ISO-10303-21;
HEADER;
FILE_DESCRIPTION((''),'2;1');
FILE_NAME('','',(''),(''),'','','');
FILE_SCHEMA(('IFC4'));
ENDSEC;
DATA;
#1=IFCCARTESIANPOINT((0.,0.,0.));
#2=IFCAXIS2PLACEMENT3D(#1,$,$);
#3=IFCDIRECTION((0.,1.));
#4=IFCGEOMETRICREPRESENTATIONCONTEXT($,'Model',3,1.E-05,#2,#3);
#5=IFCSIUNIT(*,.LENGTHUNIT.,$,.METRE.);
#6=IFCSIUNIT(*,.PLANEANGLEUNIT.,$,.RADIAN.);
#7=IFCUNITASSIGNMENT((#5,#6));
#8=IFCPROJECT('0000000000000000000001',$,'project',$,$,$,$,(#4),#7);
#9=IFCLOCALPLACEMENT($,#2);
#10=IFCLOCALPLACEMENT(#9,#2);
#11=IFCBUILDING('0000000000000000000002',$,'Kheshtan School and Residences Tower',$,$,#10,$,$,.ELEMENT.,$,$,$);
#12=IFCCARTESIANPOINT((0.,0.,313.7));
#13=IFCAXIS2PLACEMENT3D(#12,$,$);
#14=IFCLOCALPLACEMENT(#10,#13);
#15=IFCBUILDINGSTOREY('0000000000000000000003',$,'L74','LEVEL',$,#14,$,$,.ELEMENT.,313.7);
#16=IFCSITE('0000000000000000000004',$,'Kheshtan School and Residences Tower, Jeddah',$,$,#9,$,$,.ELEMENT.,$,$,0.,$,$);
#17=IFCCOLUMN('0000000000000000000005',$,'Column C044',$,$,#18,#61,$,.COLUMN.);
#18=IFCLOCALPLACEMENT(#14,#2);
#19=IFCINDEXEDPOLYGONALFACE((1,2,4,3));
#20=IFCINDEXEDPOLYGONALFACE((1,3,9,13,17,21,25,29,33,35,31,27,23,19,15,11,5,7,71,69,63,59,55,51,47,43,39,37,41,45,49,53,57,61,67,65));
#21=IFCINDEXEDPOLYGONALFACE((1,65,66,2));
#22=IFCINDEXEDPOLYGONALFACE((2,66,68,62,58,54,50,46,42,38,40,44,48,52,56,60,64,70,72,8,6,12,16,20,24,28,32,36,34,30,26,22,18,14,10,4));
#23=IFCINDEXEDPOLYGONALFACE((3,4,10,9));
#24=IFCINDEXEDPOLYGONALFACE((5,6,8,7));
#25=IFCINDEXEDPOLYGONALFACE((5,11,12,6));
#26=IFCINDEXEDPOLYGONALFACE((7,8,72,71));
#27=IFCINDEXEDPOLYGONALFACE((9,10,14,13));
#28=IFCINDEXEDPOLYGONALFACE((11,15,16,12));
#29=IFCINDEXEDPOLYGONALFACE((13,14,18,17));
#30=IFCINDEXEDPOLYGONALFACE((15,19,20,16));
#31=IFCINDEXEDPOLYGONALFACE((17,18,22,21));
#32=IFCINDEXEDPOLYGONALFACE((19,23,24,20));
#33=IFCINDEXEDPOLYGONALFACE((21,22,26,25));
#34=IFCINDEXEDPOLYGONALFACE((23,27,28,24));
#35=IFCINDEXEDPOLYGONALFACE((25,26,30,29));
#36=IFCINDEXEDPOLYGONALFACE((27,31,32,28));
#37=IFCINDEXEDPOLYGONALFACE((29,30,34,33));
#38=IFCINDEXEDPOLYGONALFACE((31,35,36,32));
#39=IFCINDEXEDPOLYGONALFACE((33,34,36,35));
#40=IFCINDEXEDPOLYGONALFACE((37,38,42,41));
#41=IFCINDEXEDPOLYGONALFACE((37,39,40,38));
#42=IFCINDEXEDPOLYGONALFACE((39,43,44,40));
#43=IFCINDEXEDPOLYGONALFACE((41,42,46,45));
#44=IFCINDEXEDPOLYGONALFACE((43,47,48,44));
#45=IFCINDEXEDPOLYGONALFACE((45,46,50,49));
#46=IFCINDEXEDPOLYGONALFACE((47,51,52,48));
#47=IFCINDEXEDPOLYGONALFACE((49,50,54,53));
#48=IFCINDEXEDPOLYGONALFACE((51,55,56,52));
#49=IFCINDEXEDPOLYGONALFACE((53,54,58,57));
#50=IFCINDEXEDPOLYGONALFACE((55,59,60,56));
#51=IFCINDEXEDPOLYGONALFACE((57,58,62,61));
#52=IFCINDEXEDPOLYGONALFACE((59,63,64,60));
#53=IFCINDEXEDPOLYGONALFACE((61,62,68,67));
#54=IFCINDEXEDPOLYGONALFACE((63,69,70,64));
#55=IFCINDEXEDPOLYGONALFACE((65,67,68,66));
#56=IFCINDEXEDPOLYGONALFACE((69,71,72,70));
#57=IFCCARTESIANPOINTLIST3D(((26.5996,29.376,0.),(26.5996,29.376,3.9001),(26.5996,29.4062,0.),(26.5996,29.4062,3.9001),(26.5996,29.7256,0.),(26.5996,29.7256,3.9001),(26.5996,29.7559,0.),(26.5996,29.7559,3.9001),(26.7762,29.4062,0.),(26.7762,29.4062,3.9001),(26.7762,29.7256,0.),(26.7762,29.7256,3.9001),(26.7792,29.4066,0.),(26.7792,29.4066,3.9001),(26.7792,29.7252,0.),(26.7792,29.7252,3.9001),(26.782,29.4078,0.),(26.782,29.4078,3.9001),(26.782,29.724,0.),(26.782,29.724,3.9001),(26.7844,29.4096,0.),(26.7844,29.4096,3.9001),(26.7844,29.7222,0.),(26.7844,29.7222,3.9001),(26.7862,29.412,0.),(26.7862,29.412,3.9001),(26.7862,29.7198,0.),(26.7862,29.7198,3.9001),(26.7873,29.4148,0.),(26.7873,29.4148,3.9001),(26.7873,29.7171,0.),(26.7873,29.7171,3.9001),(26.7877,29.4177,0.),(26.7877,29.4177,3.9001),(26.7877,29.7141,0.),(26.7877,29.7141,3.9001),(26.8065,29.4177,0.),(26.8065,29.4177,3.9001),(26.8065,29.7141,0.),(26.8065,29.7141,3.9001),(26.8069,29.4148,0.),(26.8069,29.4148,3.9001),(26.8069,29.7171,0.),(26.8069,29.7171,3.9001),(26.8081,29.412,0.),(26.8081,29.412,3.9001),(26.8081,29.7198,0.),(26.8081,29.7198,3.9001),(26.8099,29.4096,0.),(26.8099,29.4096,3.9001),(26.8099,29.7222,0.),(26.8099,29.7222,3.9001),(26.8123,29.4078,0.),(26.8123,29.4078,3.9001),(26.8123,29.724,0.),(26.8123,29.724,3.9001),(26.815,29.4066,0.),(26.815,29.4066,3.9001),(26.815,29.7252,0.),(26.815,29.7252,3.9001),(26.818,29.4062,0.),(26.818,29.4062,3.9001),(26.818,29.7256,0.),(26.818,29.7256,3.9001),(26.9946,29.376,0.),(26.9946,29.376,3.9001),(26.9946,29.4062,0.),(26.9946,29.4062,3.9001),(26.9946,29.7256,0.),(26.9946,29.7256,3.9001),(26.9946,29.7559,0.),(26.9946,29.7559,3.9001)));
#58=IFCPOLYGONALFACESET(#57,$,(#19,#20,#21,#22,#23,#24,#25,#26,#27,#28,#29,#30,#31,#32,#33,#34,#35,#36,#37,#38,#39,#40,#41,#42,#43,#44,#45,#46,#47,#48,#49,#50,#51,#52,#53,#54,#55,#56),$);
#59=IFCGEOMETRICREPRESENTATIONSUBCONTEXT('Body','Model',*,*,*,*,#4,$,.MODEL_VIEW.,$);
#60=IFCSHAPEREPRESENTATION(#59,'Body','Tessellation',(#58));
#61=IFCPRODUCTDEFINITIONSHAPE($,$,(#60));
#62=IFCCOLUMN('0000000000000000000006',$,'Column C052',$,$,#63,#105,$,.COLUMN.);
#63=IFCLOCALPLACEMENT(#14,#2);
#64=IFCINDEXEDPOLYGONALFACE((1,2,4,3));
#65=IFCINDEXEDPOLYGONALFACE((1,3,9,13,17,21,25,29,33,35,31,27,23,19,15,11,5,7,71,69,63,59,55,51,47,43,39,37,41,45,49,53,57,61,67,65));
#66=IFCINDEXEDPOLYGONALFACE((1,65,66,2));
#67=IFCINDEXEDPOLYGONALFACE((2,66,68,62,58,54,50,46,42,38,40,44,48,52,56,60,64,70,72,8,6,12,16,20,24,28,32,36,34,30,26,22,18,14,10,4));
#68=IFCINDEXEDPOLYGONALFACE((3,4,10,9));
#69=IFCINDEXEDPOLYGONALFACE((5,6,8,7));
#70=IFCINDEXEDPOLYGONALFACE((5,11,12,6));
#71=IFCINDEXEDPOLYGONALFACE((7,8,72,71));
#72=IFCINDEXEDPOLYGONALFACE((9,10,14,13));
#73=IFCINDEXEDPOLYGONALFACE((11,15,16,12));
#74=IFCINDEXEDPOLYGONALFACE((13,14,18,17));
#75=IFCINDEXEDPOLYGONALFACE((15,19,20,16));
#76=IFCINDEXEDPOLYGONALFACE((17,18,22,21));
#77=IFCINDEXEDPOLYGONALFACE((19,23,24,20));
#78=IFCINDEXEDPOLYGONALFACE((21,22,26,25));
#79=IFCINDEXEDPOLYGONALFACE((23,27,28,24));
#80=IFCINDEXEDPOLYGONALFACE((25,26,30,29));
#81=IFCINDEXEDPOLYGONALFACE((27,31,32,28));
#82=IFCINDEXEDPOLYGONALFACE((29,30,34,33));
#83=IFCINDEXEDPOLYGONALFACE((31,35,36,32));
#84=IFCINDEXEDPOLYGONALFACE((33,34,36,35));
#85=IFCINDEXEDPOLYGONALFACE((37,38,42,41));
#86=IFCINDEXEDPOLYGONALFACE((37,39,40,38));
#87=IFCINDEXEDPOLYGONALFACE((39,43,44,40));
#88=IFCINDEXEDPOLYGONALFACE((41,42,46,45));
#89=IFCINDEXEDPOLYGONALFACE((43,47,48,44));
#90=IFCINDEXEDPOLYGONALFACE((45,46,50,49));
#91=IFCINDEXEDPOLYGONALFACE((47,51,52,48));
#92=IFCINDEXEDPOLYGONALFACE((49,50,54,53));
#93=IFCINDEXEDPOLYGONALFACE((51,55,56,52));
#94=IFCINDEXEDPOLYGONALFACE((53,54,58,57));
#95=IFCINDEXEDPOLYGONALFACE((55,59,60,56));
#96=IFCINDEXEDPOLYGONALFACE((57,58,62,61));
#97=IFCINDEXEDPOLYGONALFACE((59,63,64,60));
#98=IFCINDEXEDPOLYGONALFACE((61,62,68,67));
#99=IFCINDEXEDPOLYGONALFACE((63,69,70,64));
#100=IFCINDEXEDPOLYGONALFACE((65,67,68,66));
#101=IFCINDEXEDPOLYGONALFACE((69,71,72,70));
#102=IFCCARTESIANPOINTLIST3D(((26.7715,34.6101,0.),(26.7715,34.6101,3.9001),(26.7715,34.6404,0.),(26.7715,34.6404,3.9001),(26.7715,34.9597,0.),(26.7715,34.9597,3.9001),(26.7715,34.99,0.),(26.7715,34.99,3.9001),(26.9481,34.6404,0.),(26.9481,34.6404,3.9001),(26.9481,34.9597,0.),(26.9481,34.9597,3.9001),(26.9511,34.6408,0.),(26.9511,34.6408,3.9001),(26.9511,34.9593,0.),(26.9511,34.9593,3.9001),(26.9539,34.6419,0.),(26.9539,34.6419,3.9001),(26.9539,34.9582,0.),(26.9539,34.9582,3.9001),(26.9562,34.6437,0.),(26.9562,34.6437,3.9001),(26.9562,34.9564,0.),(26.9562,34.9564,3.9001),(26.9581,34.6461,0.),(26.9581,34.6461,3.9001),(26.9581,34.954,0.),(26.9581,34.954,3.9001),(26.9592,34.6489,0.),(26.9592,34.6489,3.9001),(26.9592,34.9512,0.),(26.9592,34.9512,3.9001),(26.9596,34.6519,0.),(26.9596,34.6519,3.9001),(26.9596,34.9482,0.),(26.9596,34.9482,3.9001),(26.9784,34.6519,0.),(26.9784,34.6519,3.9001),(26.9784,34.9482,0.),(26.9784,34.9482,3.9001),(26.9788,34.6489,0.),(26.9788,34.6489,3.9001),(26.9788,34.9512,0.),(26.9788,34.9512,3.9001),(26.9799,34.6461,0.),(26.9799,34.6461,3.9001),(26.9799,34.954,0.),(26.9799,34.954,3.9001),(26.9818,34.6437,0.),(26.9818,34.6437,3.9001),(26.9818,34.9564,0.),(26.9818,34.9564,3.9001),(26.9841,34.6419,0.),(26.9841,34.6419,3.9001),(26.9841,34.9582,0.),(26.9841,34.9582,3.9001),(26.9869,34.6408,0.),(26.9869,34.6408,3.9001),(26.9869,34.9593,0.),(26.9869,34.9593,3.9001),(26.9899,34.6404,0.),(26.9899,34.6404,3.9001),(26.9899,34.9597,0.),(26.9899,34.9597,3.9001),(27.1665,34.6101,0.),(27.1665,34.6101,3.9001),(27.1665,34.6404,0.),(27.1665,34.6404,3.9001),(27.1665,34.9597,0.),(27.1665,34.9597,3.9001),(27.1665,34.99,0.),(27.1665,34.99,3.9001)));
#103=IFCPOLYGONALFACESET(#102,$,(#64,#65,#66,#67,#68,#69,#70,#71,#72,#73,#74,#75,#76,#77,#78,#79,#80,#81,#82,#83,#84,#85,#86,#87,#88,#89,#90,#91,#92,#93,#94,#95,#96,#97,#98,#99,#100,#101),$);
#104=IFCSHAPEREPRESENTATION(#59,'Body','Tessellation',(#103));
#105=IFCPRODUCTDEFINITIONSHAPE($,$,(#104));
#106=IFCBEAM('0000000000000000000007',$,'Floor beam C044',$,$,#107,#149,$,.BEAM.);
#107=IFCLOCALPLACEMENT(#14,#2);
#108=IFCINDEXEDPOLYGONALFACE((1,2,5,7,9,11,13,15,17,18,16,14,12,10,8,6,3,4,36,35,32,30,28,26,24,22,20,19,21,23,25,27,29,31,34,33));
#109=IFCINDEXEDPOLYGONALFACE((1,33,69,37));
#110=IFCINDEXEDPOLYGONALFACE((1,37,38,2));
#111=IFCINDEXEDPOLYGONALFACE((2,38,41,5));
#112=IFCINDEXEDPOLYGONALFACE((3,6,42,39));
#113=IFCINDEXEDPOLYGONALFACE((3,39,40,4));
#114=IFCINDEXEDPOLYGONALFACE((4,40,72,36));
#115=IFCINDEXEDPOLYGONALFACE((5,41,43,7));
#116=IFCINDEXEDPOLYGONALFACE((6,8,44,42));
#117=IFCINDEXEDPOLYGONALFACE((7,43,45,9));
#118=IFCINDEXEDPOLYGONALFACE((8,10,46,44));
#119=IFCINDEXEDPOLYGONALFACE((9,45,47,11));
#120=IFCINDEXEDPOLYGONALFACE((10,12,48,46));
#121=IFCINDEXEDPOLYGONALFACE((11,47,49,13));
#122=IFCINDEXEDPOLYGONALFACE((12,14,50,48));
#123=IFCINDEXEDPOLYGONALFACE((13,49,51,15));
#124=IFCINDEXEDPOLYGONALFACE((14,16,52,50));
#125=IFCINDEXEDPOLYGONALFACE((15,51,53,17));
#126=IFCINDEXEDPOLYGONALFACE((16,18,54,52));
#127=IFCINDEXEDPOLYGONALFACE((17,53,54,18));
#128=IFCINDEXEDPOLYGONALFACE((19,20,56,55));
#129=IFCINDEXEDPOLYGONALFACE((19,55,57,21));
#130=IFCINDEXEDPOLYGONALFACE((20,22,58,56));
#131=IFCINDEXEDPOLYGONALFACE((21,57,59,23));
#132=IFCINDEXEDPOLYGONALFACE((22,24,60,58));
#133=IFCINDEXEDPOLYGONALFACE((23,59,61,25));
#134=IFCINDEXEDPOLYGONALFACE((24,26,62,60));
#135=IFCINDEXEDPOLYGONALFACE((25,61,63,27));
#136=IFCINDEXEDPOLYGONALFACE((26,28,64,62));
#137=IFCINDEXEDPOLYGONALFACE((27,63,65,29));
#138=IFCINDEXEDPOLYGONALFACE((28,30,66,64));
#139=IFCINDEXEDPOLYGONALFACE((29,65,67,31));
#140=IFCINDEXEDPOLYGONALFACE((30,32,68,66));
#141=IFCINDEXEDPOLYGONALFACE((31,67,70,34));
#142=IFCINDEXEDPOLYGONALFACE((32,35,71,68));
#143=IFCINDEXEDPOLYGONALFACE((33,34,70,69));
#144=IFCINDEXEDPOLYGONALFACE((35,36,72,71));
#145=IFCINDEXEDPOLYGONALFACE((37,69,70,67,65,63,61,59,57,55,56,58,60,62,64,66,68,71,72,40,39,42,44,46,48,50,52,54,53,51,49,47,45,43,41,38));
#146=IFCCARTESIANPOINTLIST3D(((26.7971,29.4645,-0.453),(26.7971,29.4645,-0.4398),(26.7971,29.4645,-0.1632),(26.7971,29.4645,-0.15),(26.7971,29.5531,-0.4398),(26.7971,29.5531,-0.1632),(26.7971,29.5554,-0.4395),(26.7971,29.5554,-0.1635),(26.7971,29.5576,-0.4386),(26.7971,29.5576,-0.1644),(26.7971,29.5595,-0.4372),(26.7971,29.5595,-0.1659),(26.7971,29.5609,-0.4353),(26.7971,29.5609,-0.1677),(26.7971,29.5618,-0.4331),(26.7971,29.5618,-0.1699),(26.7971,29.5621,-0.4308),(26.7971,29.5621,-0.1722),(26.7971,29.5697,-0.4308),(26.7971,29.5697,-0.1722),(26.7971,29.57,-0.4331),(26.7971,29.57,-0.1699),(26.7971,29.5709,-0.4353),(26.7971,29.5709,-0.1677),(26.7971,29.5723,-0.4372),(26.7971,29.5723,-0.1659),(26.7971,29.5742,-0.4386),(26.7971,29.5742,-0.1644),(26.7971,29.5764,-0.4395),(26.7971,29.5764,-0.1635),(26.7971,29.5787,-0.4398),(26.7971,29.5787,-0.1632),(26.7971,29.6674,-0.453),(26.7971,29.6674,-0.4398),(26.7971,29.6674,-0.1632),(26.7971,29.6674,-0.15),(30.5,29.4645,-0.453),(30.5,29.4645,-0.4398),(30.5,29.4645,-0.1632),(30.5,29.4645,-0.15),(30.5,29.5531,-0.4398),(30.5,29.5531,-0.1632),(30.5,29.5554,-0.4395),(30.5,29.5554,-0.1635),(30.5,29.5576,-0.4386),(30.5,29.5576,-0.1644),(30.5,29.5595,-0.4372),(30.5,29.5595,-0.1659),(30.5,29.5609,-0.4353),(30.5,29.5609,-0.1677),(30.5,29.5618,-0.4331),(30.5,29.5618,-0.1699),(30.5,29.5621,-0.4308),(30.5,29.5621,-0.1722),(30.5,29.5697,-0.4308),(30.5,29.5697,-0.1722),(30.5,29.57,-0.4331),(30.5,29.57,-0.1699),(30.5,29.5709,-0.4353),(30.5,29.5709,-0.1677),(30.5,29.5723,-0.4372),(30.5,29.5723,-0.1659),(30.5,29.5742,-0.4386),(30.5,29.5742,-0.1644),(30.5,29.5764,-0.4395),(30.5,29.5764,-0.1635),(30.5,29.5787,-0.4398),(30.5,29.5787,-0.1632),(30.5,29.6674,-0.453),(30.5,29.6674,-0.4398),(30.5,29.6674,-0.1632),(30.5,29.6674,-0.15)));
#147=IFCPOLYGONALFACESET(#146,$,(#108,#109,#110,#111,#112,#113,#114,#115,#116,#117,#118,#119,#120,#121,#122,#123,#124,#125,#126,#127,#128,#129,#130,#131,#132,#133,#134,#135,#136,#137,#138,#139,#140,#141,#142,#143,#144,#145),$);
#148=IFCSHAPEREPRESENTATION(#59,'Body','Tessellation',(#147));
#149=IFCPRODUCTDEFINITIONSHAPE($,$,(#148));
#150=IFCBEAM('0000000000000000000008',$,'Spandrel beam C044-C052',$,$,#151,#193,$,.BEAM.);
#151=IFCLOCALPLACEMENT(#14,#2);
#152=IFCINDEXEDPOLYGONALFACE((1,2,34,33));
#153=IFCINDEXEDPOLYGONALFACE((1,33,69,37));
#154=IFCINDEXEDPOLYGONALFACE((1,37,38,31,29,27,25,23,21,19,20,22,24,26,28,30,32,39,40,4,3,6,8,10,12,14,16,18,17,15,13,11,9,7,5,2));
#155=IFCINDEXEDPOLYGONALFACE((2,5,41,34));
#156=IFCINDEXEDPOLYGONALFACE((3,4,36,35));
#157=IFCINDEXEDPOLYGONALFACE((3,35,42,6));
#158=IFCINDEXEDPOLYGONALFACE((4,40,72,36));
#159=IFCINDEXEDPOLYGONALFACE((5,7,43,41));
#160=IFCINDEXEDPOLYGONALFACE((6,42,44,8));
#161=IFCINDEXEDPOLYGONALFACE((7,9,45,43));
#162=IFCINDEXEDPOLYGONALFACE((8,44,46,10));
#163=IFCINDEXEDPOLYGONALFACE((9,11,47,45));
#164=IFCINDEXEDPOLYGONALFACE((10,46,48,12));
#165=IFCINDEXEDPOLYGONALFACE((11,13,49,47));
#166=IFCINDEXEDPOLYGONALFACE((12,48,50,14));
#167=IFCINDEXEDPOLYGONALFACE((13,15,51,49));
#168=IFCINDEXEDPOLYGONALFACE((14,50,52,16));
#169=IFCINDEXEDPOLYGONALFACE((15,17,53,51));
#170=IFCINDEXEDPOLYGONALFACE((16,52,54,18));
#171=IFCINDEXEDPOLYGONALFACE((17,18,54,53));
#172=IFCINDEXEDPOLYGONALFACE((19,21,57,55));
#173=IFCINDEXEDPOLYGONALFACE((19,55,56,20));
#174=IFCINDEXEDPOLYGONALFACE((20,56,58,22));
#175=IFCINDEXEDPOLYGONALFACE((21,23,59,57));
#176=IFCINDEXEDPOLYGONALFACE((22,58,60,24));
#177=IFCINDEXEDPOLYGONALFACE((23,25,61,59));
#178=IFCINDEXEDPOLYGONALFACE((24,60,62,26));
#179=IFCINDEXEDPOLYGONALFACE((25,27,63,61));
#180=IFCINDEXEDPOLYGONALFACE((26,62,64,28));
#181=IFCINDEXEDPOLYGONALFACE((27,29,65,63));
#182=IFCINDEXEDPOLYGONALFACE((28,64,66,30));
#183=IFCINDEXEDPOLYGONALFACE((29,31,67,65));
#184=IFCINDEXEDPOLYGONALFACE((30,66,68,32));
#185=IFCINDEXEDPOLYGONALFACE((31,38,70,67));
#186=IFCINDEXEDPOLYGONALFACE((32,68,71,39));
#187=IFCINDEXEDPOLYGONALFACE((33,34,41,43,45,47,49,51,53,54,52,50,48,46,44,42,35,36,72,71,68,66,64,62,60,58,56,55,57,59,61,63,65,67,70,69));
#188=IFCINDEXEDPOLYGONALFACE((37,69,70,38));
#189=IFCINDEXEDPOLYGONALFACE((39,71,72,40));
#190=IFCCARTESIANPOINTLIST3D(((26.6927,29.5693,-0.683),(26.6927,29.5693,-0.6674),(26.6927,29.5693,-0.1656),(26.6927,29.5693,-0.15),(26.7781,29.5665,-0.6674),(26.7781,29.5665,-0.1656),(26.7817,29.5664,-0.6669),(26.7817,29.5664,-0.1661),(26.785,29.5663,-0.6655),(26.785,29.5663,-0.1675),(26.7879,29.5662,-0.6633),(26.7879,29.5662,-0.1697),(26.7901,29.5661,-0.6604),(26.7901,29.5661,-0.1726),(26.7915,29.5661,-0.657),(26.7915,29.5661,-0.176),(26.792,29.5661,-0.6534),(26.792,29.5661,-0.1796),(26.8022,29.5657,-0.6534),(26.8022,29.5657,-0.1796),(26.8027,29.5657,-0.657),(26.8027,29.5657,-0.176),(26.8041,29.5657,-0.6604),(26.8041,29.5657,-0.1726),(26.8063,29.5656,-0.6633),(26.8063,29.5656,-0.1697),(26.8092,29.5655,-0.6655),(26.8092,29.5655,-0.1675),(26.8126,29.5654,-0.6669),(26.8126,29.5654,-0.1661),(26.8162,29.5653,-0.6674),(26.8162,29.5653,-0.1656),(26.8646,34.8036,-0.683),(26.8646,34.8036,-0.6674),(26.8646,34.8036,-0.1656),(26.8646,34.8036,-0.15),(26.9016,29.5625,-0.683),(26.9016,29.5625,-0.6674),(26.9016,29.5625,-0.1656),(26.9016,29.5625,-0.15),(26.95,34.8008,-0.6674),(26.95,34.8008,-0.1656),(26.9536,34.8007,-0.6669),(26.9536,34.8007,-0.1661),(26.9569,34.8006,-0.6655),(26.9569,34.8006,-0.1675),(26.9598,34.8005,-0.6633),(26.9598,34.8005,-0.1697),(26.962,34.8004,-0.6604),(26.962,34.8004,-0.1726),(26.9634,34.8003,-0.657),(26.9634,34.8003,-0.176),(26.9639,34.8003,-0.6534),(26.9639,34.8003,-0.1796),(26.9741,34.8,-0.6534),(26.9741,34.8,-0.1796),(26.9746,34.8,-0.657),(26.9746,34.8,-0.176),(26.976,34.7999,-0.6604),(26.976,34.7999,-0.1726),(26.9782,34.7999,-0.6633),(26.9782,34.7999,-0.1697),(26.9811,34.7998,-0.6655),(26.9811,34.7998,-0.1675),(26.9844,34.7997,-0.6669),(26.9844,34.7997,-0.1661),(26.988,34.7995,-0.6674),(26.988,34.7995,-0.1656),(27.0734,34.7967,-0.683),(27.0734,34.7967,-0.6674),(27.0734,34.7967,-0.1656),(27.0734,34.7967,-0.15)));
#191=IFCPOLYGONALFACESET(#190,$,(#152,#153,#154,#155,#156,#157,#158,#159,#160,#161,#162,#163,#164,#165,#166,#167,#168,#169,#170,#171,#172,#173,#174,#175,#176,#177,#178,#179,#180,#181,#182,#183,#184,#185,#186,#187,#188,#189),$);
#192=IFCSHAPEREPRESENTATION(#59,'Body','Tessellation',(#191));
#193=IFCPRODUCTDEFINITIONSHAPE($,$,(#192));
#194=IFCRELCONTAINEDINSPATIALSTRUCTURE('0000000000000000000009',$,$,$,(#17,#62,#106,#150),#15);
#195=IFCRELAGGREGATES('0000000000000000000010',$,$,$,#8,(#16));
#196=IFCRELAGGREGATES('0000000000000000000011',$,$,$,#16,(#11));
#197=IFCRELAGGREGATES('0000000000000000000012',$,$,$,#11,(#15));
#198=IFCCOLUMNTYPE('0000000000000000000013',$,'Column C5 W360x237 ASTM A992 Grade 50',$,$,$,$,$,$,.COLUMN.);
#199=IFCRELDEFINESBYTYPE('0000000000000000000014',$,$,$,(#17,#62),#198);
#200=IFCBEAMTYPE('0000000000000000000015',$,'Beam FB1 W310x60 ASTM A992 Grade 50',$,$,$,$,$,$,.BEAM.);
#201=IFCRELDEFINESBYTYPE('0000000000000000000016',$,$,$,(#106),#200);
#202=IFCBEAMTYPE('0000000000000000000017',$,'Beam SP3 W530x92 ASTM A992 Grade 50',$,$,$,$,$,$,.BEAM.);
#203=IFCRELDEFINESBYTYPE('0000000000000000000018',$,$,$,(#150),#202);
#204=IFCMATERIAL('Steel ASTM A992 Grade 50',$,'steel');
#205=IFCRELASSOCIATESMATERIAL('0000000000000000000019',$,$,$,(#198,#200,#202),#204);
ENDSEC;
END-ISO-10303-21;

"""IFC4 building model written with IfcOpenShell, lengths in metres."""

from ifc_helpers import new_model, si_unit, direction, frame, origin, origin_2d, place, context, subcontext, project, spatial, i_section, extrude, material, material_profile, profile_set, type_object, element, save


model = new_model("IFC4")

# Units and contexts
model_context = context("Model", 3, precision=1e-05, world=origin(), true_north=direction((0.0, 1.0)))
body_context = subcontext(model_context, "Body", "Model", "MODEL_VIEW")
ifc_project = project(units=[si_unit("LENGTHUNIT", "METRE"), si_unit("PLANEANGLEUNIT", "RADIAN")], contexts=[model_context])

# Site, building, storey
site_placement = place(None, origin())
site = spatial("IfcSite", under=ifc_project, at=site_placement, Name="Kheshtan School and Residences Tower, Jeddah", CompositionType="ELEMENT", RefElevation=0.0)
building_placement = place(site_placement, origin())
building = spatial("IfcBuilding", under=site, at=building_placement, Name="Kheshtan School and Residences Tower", CompositionType="ELEMENT")
storey_placement = place(building_placement, frame((0.0, 0.0, 313.7)))
storey = spatial("IfcBuildingStorey", under=building, at=storey_placement, Name="L74", Description="LEVEL", CompositionType="ELEMENT", Elevation=313.7)

# Columns
ifc_material_1 = material(Name="Steel ASTM A992 Grade 50", Category="steel")
ifc_material_profile_1 = material_profile(ifc_material_1, i_section(OverallWidth=0.395, OverallDepth=0.3799, WebThickness=0.0188, FlangeThickness=0.0303, FilletRadius=0.0115, at=origin_2d()), Name="W360x237")
ifc_profile_set_1 = profile_set([ifc_material_profile_1], Name="Steel ASTM A992 Grade 50")
column_type = type_object("IfcColumnType", Name="Column C5 W360x237 ASTM A992 Grade 50", PredefinedType="COLUMN", material=ifc_profile_set_1)
for number, where, z_axis, x_axis, name in (
    (1, (26.7971, 29.5659, 0.0), (0.0, 0.0, 1.0), (1.0, 0.0, 0.0), "Column C044"),
    (2, (26.969, 34.8, 0.0), (0.0, 0.0, 1.0), (1.0, 0.0, 0.0), "Column C052"),
):
    element("IfcColumn", number, at=place(storey_placement, frame(where, z_axis=z_axis, x_axis=x_axis)), inside=storey, type_object=column_type, Name=name, PredefinedType="COLUMN", context=body_context, shape_type="SweptSolid", body=[
        extrude(i_section(OverallWidth=0.395, OverallDepth=0.3799, WebThickness=0.0188, FlangeThickness=0.0303, FilletRadius=0.0115, at=origin_2d()), origin(), (0.0, 0.0, 1.0), 3.9001),
    ])

# Beams
ifc_material_profile_2 = material_profile(ifc_material_1, i_section(OverallWidth=0.2029, OverallDepth=0.303, WebThickness=0.0076, FlangeThickness=0.0132, FilletRadius=0.009, at=origin_2d()), Name="W310x60")
ifc_profile_set_2 = profile_set([ifc_material_profile_2], Name="Steel ASTM A992 Grade 50")
beam_type_1 = type_object("IfcBeamType", Name="Beam FB1 W310x60 ASTM A992 Grade 50", PredefinedType="BEAM", material=ifc_profile_set_2)
beam_1_placement = place(storey_placement, frame((26.7971, 29.5659, -0.3015), z_axis=(1.0, 0.0, 0.0), x_axis=(0.0, 1.0, 0.0)))
element("IfcBeam", 3, at=beam_1_placement, inside=storey, type_object=beam_type_1, Name="Floor beam C044", PredefinedType="BEAM", context=body_context, shape_type="SweptSolid", body=[
    extrude(i_section(OverallWidth=0.2029, OverallDepth=0.303, WebThickness=0.0076, FlangeThickness=0.0132, FilletRadius=0.009, at=origin_2d()), origin(), (0.0, 0.0, 1.0), 3.7029),
])
ifc_material_profile_3 = material_profile(ifc_material_1, i_section(OverallWidth=0.209, OverallDepth=0.533, WebThickness=0.0103, FlangeThickness=0.0156, FilletRadius=0.0139, at=origin_2d()), Name="W530x92")
ifc_profile_set_3 = profile_set([ifc_material_profile_3], Name="Steel ASTM A992 Grade 50")
beam_type_2 = type_object("IfcBeamType", Name="Beam SP3 W530x92 ASTM A992 Grade 50", PredefinedType="BEAM", material=ifc_profile_set_3)
beam_2_placement = place(storey_placement, frame((26.7971, 29.5659, -0.4165), z_axis=(0.03282, 0.999461, 0.0), x_axis=(-0.999461, 0.03282, 0.0)))
element("IfcBeam", 4, at=beam_2_placement, inside=storey, type_object=beam_type_2, Name="Spandrel beam C044-C052", PredefinedType="BEAM", context=body_context, shape_type="SweptSolid", body=[
    extrude(i_section(OverallWidth=0.209, OverallDepth=0.533, WebThickness=0.0103, FlangeThickness=0.0156, FilletRadius=0.0139, at=origin_2d()), origin(), (0.0, 0.0, 1.0), 5.2371),
])

save(model, "model.ifc")
